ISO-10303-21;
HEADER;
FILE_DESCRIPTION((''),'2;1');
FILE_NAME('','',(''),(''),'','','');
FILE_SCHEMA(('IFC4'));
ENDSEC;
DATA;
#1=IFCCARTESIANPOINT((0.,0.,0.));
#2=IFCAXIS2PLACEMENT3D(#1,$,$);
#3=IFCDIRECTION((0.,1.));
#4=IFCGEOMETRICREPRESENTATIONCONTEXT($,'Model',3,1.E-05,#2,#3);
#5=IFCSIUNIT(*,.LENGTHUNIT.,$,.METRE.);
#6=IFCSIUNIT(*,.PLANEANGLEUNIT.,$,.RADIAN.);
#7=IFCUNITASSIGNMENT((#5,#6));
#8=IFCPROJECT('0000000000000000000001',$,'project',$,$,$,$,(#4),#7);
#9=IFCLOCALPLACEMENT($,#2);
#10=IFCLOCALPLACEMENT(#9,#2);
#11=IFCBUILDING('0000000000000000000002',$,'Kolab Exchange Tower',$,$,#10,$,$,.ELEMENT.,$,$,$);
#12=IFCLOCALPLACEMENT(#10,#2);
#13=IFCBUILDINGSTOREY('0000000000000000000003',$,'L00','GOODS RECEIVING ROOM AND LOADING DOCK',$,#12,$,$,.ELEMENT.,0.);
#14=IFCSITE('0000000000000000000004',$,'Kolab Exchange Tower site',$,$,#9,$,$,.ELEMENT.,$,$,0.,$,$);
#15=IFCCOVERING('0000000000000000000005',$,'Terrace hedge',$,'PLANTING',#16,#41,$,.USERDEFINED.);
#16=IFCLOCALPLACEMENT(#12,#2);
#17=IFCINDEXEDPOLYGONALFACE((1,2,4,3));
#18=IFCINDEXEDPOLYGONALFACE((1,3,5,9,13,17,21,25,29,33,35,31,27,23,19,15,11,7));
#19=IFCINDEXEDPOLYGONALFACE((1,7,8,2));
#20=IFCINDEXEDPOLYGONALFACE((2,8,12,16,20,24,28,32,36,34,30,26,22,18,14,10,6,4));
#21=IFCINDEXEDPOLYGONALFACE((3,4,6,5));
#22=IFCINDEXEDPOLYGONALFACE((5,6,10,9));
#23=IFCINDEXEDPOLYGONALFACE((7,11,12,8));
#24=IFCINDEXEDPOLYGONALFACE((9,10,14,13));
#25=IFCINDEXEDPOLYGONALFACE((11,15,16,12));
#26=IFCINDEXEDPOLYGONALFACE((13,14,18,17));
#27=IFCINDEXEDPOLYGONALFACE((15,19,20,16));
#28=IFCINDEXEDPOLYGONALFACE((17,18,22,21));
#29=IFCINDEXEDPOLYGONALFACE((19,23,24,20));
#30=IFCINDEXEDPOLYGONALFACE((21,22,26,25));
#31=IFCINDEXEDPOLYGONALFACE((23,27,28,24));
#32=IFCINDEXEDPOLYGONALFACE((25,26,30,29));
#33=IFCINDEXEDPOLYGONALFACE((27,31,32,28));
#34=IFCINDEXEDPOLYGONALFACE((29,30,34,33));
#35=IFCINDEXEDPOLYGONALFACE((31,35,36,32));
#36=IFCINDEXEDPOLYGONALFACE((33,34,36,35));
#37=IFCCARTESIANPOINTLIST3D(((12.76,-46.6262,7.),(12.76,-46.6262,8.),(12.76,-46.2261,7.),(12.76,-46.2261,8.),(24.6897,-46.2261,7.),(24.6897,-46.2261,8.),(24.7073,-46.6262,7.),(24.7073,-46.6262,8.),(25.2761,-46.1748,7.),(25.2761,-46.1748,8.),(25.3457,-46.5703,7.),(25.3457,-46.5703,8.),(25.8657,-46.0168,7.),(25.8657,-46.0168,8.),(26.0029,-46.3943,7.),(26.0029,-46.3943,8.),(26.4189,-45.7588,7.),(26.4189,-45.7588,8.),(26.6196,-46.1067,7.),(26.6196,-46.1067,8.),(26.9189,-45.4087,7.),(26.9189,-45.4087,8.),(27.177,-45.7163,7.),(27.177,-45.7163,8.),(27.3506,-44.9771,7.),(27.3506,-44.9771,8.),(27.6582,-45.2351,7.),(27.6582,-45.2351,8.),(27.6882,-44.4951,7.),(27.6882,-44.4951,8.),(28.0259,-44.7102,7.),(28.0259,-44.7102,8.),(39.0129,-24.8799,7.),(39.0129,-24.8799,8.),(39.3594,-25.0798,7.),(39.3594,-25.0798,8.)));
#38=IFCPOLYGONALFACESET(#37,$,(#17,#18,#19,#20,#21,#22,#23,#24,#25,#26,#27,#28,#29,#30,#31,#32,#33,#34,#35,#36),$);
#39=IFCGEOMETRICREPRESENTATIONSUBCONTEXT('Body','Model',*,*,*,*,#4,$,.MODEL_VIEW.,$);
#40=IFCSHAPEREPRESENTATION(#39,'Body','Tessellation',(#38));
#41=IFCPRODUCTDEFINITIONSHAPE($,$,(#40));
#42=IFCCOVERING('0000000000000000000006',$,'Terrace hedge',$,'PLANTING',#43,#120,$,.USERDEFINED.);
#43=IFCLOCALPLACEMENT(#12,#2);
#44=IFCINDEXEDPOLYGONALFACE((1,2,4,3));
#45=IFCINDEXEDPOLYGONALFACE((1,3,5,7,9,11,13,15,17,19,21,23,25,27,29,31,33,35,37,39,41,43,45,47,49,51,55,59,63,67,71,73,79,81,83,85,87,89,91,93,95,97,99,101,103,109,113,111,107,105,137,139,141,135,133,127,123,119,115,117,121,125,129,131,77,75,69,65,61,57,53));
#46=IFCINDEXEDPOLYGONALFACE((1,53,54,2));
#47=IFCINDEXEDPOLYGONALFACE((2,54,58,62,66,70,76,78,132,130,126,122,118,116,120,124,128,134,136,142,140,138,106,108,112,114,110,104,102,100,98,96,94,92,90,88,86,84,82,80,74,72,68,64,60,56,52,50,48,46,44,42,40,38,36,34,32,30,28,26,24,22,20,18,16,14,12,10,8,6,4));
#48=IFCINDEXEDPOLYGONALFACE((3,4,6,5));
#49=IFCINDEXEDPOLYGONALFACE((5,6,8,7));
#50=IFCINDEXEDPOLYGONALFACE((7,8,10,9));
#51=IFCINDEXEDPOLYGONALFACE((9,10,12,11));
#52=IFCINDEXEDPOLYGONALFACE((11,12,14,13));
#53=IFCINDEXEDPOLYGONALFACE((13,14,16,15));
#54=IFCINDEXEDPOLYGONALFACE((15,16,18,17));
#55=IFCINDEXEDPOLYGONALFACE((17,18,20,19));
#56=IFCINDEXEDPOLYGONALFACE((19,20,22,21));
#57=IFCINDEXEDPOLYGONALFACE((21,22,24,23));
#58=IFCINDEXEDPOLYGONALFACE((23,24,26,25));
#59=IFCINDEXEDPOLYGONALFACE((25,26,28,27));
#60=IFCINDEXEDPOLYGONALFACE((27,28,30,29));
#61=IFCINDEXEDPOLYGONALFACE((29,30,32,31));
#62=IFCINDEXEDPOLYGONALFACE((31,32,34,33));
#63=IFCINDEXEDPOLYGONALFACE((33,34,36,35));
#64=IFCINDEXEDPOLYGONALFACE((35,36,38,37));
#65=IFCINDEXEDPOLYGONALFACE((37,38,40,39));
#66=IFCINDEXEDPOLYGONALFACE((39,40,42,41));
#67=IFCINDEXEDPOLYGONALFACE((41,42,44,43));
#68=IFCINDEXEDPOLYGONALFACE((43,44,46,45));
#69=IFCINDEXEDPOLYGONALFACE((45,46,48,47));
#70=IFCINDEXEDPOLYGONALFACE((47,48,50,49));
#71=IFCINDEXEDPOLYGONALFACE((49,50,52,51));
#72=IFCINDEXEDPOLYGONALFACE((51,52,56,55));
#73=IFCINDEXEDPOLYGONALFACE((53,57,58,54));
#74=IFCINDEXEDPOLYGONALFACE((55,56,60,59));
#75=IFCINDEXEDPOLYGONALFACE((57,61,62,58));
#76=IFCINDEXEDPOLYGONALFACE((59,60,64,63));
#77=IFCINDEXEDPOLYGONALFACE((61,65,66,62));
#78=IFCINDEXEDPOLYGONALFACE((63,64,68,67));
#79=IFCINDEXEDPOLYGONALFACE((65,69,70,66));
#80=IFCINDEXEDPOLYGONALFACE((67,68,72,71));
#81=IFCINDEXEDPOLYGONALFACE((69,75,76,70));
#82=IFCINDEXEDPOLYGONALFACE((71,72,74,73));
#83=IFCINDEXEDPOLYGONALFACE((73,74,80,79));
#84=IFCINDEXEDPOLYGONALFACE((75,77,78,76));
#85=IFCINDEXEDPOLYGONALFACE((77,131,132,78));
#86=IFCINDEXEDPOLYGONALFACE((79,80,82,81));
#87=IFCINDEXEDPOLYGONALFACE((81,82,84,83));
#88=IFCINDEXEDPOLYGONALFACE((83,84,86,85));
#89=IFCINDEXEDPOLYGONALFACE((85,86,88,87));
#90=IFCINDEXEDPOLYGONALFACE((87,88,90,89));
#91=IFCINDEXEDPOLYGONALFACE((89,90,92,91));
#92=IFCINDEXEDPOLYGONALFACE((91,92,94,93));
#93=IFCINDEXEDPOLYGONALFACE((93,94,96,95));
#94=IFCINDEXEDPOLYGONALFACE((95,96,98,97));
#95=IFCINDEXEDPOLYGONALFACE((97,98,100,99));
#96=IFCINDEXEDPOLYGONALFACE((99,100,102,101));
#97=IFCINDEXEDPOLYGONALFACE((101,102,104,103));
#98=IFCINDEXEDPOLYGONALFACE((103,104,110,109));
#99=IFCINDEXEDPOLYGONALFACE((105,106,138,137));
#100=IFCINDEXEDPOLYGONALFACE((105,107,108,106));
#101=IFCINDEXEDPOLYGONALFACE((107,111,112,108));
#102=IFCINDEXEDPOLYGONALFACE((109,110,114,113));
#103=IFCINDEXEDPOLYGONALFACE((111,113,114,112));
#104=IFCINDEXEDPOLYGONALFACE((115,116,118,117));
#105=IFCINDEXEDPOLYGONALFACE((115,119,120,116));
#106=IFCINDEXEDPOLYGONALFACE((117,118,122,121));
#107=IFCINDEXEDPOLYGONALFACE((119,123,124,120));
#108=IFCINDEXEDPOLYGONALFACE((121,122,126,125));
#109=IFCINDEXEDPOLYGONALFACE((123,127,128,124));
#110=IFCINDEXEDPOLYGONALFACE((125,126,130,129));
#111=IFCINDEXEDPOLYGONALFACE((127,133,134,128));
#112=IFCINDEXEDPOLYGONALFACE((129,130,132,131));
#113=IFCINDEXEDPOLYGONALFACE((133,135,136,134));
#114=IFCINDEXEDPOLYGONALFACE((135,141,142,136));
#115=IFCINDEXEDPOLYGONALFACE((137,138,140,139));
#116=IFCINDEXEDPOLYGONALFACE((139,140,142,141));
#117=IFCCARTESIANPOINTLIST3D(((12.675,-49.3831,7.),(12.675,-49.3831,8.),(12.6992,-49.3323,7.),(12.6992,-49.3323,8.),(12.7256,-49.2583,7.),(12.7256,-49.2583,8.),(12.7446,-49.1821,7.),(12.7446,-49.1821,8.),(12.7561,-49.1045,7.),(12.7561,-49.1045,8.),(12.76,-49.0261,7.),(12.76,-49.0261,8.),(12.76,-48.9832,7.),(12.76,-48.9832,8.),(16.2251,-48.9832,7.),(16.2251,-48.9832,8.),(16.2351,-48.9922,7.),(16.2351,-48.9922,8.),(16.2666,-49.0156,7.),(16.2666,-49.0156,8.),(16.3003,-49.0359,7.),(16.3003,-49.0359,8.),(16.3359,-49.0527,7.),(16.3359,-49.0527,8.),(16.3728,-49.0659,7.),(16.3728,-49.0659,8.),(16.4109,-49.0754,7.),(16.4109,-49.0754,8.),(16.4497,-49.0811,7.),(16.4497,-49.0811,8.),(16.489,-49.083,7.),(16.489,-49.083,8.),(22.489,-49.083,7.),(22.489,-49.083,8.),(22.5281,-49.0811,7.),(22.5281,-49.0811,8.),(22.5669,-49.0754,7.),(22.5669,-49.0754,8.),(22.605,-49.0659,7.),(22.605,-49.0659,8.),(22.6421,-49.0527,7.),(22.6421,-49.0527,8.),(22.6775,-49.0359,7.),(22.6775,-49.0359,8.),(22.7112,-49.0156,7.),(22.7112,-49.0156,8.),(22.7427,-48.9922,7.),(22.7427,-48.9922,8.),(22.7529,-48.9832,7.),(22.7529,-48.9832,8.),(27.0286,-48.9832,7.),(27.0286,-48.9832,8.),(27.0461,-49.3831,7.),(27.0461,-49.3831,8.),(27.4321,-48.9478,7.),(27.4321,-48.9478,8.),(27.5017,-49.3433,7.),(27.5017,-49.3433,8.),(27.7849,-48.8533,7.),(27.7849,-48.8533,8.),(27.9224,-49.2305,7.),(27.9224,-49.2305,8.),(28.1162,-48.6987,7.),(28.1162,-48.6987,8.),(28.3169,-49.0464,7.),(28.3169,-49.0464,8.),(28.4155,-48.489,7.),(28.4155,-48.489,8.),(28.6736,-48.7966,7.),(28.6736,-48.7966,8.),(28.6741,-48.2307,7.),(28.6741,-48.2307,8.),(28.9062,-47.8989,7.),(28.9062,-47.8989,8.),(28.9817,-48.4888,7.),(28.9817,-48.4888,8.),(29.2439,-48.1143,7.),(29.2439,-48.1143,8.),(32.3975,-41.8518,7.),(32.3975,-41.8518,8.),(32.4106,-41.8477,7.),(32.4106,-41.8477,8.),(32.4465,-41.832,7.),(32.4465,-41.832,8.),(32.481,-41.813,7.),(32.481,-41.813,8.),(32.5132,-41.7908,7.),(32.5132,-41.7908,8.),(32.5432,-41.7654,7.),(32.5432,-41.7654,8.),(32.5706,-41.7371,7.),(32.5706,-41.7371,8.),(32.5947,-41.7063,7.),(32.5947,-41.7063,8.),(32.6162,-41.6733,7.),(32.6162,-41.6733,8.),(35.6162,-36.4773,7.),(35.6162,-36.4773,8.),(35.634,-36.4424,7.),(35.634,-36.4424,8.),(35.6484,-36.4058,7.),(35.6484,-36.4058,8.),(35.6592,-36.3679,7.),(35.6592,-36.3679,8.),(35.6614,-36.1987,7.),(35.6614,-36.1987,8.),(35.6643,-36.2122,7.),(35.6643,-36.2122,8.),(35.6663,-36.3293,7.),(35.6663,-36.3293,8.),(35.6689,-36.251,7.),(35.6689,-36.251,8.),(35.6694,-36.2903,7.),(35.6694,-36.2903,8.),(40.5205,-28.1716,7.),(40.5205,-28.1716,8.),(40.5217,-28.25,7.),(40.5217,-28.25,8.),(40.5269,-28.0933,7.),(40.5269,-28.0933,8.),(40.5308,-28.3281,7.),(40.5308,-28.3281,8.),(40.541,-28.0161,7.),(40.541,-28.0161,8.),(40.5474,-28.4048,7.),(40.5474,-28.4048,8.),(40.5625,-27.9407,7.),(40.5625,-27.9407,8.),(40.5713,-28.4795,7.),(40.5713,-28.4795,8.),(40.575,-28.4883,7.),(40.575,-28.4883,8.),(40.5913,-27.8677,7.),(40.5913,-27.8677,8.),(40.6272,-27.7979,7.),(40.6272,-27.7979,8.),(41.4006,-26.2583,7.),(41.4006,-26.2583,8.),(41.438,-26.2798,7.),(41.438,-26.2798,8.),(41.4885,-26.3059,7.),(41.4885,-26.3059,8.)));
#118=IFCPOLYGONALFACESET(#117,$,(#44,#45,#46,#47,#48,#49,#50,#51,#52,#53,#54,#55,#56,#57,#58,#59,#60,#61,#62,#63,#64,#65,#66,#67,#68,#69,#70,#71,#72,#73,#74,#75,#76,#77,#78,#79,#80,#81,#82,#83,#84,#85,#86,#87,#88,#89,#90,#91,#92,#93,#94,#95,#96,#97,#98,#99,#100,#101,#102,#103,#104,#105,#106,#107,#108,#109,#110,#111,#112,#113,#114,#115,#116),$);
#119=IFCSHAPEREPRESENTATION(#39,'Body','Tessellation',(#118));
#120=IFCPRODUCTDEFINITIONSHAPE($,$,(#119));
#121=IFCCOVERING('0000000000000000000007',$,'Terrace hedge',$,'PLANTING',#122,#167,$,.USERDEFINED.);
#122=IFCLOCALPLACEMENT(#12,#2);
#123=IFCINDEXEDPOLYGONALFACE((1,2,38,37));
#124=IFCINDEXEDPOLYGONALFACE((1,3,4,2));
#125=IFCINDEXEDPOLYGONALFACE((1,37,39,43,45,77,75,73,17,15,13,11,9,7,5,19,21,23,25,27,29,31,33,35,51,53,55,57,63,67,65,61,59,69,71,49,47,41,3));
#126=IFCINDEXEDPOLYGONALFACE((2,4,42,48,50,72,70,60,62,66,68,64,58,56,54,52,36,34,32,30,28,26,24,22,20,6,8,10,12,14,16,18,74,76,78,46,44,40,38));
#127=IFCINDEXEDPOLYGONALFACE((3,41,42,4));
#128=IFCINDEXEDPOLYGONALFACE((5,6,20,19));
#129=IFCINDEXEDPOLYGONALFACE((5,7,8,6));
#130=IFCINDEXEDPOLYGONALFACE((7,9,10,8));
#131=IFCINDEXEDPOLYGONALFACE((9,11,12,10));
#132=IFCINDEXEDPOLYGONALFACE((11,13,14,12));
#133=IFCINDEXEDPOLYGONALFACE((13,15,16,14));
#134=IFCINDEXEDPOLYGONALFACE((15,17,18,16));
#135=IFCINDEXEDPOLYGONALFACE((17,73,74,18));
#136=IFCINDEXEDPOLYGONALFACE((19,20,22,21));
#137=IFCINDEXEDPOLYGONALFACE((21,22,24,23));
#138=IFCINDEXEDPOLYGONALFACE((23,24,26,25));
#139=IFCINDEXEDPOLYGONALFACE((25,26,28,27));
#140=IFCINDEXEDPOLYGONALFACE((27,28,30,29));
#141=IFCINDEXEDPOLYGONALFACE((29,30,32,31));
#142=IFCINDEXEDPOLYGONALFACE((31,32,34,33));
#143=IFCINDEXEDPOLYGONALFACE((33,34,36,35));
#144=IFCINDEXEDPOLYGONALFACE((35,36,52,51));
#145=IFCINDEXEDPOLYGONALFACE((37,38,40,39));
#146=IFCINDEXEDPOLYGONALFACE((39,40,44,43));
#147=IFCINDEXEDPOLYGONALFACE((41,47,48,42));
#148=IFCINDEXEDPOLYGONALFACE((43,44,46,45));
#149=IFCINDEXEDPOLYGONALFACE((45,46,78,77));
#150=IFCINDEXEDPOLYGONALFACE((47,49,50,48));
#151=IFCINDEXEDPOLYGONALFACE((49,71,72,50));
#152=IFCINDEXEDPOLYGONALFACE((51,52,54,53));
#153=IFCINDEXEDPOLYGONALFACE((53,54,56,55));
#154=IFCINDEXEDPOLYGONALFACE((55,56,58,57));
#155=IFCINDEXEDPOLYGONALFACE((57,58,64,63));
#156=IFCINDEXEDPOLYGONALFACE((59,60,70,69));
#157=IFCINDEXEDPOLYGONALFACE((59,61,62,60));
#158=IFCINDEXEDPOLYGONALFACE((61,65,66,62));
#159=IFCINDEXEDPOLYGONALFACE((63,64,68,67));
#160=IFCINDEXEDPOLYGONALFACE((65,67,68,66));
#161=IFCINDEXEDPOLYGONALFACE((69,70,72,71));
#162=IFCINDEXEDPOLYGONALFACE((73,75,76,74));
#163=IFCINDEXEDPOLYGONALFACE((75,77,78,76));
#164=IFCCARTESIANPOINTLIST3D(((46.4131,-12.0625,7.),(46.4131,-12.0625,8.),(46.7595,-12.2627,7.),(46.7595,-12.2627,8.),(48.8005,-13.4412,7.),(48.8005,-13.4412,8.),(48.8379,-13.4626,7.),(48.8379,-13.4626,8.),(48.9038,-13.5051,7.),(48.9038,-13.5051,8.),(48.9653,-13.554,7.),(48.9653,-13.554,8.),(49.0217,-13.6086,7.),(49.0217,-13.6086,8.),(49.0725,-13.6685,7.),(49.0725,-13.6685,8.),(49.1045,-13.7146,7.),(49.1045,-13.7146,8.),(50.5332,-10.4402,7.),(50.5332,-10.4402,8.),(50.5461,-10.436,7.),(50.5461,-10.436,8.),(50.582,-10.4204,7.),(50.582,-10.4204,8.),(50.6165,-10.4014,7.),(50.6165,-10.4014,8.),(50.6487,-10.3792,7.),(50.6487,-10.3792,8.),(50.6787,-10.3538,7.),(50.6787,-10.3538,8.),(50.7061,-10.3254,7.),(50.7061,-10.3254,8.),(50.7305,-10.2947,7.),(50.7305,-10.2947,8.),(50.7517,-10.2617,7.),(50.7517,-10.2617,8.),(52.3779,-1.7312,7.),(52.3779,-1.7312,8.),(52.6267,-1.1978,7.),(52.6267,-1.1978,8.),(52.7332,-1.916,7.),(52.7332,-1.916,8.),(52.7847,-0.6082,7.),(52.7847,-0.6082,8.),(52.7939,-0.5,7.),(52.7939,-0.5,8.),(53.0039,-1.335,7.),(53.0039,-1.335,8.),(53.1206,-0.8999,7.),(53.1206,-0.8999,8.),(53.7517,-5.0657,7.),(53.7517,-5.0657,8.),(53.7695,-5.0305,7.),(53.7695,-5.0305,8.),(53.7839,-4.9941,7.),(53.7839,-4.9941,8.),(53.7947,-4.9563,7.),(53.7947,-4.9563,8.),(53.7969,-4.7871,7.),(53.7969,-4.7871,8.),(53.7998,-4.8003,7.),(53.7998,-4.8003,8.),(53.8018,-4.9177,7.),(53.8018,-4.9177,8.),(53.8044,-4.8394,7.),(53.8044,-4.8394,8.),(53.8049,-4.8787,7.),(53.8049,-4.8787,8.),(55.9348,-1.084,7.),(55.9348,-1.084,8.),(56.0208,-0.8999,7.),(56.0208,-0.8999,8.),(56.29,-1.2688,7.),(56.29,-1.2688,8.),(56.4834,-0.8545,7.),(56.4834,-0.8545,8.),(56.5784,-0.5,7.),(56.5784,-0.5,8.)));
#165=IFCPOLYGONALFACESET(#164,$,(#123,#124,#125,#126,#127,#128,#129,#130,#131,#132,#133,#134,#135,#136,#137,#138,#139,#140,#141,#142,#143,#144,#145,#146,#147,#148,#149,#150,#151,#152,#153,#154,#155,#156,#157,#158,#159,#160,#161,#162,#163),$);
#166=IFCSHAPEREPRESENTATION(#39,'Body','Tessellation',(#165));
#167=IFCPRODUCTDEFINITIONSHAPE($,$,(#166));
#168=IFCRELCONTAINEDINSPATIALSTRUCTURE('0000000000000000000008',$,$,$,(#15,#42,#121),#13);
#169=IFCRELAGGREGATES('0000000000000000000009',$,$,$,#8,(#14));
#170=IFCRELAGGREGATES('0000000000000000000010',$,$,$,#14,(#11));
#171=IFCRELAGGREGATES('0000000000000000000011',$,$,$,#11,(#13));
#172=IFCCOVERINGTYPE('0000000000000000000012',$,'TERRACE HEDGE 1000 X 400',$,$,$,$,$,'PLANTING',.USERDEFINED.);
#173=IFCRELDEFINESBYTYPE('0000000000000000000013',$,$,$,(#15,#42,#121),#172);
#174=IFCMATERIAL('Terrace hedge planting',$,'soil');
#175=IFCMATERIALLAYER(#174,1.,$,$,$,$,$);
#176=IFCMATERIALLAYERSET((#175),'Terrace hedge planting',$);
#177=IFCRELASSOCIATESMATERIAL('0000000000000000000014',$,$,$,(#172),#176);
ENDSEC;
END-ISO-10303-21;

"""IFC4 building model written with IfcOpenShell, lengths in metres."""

from ifc_helpers import new_model, si_unit, direction, frame, origin, place, context, subcontext, project, spatial, polyline, outline, extrude, material, layer, layer_set, type_object, element, save


model = new_model("IFC4")

# Units and contexts
model_context = context("Model", 3, precision=1e-05, world=origin(), true_north=direction((0.0, 1.0)))
body_context = subcontext(model_context, "Body", "Model", "MODEL_VIEW")
ifc_project = project(units=[si_unit("LENGTHUNIT", "METRE"), si_unit("PLANEANGLEUNIT", "RADIAN")], contexts=[model_context])

# Site, building, storey
site_placement = place(None, origin())
site = spatial("IfcSite", under=ifc_project, at=site_placement, Name="Kolab Exchange Tower site", CompositionType="ELEMENT", RefElevation=0.0)
building_placement = place(site_placement, origin())
building = spatial("IfcBuilding", under=site, at=building_placement, Name="Kolab Exchange Tower", CompositionType="ELEMENT")
storey_placement = place(building_placement, origin())
storey = spatial("IfcBuildingStorey", under=building, at=storey_placement, Name="L00", Description="GOODS RECEIVING ROOM AND LOADING DOCK", CompositionType="ELEMENT", Elevation=0.0)

# Coverings
ifc_material_1 = material(Name="Terrace hedge planting", Category="soil")
ifc_layer_1 = layer(ifc_material_1, 1.0)
ifc_layer_set_1 = layer_set([ifc_layer_1], Name="Terrace hedge planting")
covering_type_1 = type_object("IfcCoveringType", Name="TERRACE HEDGE 1000 X 400", ElementType="PLANTING", PredefinedType="USERDEFINED", material=ifc_layer_set_1)
covering_1_placement = place(storey_placement, frame((0.0, 0.0, 7.0)))
element("IfcCovering", 1, at=covering_1_placement, inside=storey, type_object=covering_type_1, Name="Terrace hedge", ObjectType="PLANTING", PredefinedType="USERDEFINED", context=body_context, shape_type="SweptSolid", body=[
    extrude(outline(polyline([(24.6897, -46.2261), (25.2761, -46.1748), (25.8657, -46.0168), (26.4189, -45.7588), (26.9189, -45.4087), (27.3506, -44.9771), (27.6882, -44.4951), (39.0129, -24.8799), (39.3594, -25.0798), (28.0259, -44.7102), (27.6582, -45.2351), (27.177, -45.7163), (26.6196, -46.1067), (26.0029, -46.3943), (25.3457, -46.5703), (24.7073, -46.6262), (12.76, -46.6262), (12.76, -46.2261), (24.6897, -46.2261)])), origin(), (0.0, 0.0, 1.0), 1.0),
])
covering_2_placement = place(storey_placement, frame((0.0, 0.0, 7.0)))
element("IfcCovering", 2, at=covering_2_placement, inside=storey, type_object=covering_type_1, Name="Terrace hedge", ObjectType="PLANTING", PredefinedType="USERDEFINED", context=body_context, shape_type="SweptSolid", body=[
    extrude(outline(polyline([(29.2439, -48.1143), (28.9817, -48.4888), (28.6736, -48.7966), (28.3169, -49.0464), (27.9224, -49.2305), (27.5017, -49.3433), (27.0461, -49.3831), (12.675, -49.3831), (12.6992, -49.3323), (12.7256, -49.2583), (12.7446, -49.1821), (12.7561, -49.1045), (12.76, -49.0261), (12.76, -48.9832), (16.2251, -48.9832), (16.2351, -48.9922), (16.2666, -49.0156), (16.3003, -49.0359), (16.3359, -49.0527), (16.3728, -49.0659), (16.4109, -49.0754), (16.4497, -49.0811), (16.489, -49.083), (22.489, -49.083), (22.5281, -49.0811), (22.5669, -49.0754), (22.605, -49.0659), (22.6421, -49.0527), (22.6775, -49.0359), (22.7112, -49.0156), (22.7427, -48.9922), (22.7529, -48.9832), (27.0286, -48.9832), (27.4321, -48.9478), (27.7849, -48.8533), (28.1162, -48.6987), (28.4155, -48.489), (28.6741, -48.2307), (28.9062, -47.8989), (32.3975, -41.8518), (32.4106, -41.8477), (32.4465, -41.832), (32.481, -41.813), (32.5132, -41.7908), (32.5432, -41.7654), (32.5706, -41.7371), (32.5947, -41.7063), (32.6162, -41.6733), (35.6162, -36.4773), (35.634, -36.4424), (35.6484, -36.4058), (35.6592, -36.3679), (35.6663, -36.3293), (35.6694, -36.2903), (35.6689, -36.251), (35.6643, -36.2122), (35.6614, -36.1987), (41.4006, -26.2583), (41.438, -26.2798), (41.4885, -26.3059), (40.6272, -27.7979), (40.5913, -27.8677), (40.5625, -27.9407), (40.541, -28.0161), (40.5269, -28.0933), (40.5205, -28.1716), (40.5217, -28.25), (40.5308, -28.3281), (40.5474, -28.4048), (40.5713, -28.4795), (40.575, -28.4883), (29.2439, -48.1143)])), origin(), (0.0, 0.0, 1.0), 1.0),
])
covering_3_placement = place(storey_placement, frame((0.0, 0.0, 7.0)))
element("IfcCovering", 3, at=covering_3_placement, inside=storey, type_object=covering_type_1, Name="Terrace hedge", ObjectType="PLANTING", PredefinedType="USERDEFINED", context=body_context, shape_type="SweptSolid", body=[
    extrude(outline(polyline([(52.3779, -1.7312), (52.6267, -1.1978), (52.7847, -0.6082), (52.7939, -0.5), (56.5784, -0.5), (56.4834, -0.8545), (56.29, -1.2688), (49.1045, -13.7146), (49.0725, -13.6685), (49.0217, -13.6086), (48.9653, -13.554), (48.9038, -13.5051), (48.8379, -13.4626), (48.8005, -13.4412), (50.5332, -10.4402), (50.5461, -10.436), (50.582, -10.4204), (50.6165, -10.4014), (50.6487, -10.3792), (50.6787, -10.3538), (50.7061, -10.3254), (50.7305, -10.2947), (50.7517, -10.2617), (53.7517, -5.0657), (53.7695, -5.0305), (53.7839, -4.9941), (53.7947, -4.9563), (53.8018, -4.9177), (53.8049, -4.8787), (53.8044, -4.8394), (53.7998, -4.8003), (53.7969, -4.7871), (55.9348, -1.084), (56.0208, -0.8999), (53.1206, -0.8999), (53.0039, -1.335), (52.7332, -1.916), (46.7595, -12.2627), (46.4131, -12.0625), (52.3779, -1.7312)])), origin(), (0.0, 0.0, 1.0), 1.0),
])

save(model, "model.ifc")
